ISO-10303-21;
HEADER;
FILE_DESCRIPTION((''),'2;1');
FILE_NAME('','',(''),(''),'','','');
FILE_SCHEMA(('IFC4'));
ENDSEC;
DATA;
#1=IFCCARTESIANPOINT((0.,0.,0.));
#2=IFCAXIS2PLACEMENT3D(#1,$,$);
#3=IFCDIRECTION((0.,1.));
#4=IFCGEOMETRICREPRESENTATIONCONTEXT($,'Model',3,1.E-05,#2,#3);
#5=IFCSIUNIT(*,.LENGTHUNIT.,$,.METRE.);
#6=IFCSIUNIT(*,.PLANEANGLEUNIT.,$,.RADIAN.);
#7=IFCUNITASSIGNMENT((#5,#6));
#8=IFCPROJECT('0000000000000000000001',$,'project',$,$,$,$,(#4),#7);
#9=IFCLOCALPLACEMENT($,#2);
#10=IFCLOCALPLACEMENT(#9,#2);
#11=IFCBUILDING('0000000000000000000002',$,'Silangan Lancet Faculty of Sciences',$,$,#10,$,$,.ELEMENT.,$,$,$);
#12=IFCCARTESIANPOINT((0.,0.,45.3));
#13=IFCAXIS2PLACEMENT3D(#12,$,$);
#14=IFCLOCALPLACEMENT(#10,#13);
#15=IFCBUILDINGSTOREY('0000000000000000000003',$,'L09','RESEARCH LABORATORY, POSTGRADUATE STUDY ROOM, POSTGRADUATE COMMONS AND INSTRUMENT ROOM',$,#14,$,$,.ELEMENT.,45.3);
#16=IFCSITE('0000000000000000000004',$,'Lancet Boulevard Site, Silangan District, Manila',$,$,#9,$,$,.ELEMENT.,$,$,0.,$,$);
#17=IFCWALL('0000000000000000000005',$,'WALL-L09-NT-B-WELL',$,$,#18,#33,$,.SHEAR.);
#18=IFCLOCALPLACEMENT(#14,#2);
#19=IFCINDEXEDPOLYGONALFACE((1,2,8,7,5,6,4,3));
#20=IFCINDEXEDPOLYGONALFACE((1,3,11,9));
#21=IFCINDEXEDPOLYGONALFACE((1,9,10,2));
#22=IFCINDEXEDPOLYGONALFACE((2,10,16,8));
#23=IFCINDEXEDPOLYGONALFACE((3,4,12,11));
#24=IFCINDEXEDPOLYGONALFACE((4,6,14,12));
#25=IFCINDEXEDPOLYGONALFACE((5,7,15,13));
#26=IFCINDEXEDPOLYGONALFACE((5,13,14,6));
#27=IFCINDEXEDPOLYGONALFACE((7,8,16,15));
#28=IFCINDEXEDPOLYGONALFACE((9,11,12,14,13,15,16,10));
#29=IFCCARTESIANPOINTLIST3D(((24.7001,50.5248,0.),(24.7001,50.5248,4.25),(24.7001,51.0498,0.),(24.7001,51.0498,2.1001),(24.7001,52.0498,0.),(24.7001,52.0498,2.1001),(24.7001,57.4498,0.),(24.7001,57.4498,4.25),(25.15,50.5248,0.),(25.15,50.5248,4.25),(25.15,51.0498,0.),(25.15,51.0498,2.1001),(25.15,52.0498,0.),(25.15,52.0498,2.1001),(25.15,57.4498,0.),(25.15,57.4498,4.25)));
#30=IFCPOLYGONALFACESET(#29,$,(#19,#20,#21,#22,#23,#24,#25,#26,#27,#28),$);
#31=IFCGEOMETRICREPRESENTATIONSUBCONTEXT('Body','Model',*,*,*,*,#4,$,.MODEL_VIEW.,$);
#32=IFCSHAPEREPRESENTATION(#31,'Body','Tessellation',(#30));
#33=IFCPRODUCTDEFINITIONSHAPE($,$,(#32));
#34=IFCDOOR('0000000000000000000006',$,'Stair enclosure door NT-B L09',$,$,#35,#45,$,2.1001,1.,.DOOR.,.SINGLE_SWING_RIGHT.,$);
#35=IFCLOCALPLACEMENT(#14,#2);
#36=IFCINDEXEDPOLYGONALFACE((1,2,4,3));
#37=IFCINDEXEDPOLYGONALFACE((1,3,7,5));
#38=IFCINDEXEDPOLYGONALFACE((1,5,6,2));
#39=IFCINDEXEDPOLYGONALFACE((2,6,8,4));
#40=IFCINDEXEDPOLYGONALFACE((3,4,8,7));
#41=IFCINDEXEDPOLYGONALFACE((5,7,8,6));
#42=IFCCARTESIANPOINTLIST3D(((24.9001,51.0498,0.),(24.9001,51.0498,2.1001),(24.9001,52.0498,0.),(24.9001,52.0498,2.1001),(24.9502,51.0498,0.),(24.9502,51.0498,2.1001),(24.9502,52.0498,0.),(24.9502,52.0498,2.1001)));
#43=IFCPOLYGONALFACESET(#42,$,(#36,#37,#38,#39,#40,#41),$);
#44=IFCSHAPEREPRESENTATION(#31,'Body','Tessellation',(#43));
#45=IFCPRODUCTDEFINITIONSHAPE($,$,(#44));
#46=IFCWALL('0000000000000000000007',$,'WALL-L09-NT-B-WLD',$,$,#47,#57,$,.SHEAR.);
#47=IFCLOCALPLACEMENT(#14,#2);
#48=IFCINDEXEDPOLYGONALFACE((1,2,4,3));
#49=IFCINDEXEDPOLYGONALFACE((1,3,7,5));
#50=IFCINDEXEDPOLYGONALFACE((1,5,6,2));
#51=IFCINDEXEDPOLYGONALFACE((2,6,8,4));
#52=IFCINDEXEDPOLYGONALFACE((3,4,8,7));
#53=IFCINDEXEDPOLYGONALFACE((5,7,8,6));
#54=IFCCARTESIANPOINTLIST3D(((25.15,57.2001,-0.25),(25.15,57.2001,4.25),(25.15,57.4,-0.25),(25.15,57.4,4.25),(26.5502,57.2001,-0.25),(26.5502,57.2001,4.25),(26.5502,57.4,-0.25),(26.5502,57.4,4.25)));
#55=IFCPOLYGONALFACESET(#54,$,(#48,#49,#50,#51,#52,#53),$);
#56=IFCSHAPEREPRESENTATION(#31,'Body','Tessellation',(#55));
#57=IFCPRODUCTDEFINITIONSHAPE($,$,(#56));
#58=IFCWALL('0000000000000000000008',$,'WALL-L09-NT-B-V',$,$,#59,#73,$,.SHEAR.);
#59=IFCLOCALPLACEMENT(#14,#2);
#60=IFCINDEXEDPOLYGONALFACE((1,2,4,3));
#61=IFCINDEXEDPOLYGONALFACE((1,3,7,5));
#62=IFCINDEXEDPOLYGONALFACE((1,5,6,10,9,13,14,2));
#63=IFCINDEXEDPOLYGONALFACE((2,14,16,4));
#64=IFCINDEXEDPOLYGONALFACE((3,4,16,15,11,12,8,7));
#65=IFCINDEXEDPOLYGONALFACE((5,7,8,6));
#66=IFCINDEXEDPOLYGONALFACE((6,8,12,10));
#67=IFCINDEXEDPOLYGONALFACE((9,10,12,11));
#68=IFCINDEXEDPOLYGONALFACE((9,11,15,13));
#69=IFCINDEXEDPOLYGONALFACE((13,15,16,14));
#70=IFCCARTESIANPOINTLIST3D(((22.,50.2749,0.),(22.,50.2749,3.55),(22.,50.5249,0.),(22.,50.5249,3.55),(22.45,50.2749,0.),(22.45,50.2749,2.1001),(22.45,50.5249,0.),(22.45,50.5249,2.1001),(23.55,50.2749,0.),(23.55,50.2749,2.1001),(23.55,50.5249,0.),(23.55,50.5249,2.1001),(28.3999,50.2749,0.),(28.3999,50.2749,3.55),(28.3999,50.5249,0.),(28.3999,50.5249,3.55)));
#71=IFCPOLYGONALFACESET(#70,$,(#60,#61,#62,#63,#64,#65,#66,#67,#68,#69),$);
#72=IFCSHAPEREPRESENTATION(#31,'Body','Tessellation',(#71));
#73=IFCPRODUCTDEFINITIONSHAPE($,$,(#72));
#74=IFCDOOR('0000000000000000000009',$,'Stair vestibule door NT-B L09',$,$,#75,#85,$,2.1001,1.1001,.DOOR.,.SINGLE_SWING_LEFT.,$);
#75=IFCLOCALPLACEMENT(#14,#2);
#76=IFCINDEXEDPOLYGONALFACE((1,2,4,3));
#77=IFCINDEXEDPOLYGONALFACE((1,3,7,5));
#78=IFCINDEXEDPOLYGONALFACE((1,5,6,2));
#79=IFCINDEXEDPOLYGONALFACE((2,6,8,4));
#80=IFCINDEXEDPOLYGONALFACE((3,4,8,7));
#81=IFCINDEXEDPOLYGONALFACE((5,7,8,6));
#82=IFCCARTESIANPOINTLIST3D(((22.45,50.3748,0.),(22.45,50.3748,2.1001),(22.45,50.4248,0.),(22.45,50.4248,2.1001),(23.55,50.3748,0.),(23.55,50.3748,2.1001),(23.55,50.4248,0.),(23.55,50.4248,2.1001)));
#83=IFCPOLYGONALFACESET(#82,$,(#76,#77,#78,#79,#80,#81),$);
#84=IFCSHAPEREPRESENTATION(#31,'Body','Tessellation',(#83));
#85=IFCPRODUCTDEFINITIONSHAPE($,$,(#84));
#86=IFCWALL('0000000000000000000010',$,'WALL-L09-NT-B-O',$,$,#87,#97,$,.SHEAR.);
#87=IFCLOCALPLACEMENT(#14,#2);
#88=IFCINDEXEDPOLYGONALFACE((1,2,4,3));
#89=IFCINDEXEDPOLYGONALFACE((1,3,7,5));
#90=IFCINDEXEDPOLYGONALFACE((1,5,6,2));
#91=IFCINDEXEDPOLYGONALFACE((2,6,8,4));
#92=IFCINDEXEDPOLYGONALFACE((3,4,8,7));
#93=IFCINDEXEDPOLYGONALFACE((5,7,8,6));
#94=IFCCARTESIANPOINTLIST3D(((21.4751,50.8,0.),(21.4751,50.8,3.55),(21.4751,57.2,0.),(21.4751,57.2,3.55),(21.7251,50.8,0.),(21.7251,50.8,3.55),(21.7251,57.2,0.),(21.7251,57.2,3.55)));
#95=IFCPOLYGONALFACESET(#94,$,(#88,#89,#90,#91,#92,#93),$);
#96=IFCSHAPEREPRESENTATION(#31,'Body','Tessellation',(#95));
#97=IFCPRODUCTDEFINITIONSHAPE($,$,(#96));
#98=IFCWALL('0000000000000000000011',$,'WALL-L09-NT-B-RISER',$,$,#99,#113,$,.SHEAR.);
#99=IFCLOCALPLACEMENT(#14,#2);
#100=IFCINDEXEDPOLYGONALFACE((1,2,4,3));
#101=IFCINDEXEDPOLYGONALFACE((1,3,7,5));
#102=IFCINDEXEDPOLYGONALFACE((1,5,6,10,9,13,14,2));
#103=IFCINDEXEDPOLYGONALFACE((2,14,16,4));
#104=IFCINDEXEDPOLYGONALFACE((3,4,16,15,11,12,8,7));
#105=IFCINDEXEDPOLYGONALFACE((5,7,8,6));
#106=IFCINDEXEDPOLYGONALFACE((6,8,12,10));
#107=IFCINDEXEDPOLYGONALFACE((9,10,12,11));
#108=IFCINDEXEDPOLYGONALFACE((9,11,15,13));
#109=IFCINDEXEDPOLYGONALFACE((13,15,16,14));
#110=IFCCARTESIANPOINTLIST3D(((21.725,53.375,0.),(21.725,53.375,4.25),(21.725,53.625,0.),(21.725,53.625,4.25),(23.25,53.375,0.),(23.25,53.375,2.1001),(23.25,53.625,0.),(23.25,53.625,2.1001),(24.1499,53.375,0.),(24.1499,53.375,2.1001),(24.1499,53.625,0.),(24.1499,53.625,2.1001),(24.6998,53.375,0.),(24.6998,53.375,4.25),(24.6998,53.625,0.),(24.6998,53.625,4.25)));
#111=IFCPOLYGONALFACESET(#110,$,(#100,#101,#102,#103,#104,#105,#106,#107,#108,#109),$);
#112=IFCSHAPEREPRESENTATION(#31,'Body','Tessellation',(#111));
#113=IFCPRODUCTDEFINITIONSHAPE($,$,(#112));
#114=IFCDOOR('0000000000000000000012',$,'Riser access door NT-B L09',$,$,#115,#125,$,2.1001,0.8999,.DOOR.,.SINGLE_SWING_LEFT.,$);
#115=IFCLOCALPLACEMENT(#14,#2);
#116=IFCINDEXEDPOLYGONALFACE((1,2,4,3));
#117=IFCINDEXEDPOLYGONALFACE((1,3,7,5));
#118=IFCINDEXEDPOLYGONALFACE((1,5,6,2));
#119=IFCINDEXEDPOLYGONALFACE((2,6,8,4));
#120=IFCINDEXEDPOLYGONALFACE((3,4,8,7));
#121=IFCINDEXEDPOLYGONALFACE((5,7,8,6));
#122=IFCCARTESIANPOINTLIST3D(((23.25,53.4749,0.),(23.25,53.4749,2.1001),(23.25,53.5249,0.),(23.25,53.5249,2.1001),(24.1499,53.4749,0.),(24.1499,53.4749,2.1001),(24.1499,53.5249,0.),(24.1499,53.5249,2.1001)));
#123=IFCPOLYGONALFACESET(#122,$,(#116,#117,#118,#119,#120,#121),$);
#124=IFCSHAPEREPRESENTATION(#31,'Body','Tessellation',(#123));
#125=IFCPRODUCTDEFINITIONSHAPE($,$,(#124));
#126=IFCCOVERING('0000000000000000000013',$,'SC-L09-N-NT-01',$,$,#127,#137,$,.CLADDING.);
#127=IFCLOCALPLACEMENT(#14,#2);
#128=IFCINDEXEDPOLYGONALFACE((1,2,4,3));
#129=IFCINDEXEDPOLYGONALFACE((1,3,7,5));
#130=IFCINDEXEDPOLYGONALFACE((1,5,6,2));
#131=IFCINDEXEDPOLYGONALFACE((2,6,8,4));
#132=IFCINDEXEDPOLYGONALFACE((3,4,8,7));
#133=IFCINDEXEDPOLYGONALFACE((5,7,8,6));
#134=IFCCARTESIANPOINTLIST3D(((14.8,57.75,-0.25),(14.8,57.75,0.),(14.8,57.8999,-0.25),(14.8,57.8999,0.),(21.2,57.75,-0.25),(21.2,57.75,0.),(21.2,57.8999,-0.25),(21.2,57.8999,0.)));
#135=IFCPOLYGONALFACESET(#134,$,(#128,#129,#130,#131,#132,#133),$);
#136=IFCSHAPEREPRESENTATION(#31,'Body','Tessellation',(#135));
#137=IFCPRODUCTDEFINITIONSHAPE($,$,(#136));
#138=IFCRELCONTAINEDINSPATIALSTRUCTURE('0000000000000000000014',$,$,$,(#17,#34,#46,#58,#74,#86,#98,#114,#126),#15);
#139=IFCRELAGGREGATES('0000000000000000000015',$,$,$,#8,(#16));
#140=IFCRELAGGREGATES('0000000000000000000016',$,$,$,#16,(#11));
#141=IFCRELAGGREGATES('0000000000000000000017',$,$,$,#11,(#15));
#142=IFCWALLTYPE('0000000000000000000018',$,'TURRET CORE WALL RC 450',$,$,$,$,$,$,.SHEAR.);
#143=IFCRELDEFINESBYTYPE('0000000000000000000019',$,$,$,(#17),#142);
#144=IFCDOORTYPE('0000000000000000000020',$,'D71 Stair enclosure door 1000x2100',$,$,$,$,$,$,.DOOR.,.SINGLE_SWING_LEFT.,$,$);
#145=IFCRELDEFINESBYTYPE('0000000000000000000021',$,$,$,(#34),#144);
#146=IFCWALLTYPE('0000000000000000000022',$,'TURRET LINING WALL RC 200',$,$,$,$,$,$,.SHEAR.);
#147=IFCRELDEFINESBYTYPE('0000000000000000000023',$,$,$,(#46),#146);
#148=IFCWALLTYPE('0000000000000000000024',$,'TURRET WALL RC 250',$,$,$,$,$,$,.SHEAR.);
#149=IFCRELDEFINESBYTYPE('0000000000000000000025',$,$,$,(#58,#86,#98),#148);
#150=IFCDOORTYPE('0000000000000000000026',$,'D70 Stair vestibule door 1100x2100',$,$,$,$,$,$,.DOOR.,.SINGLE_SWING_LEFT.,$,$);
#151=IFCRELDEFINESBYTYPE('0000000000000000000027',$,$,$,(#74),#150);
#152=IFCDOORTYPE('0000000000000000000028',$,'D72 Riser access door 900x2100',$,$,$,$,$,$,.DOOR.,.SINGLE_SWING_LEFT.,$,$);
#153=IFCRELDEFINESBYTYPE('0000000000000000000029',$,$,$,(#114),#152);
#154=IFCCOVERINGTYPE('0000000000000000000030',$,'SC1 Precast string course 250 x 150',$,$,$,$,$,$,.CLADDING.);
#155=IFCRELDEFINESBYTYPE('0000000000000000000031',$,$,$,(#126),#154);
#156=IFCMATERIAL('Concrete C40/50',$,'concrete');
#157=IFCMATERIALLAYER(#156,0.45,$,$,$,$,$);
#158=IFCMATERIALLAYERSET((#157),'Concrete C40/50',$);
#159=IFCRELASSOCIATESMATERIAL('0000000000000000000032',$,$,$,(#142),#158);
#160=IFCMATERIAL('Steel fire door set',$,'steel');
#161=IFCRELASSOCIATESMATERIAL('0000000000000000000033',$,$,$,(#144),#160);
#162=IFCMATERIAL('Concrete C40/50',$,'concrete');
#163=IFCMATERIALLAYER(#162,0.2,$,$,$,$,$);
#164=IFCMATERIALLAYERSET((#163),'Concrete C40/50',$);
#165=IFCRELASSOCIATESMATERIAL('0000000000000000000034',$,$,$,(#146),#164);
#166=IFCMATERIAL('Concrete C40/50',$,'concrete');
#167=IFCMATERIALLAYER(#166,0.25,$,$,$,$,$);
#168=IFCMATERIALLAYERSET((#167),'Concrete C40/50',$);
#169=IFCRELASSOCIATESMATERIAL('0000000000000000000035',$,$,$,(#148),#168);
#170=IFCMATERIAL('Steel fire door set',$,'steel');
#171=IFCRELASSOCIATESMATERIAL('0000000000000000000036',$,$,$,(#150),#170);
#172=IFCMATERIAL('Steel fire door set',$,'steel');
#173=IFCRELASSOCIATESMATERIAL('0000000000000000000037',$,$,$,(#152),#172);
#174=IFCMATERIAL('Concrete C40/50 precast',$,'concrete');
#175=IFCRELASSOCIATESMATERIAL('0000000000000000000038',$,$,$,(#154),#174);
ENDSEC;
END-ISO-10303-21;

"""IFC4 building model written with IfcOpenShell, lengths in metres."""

from ifc_helpers import new_model, si_unit, direction, frame, frame_2d, origin, origin_2d, place, context, subcontext, project, spatial, rectangle, extrude, material, layer, layer_set, type_object, element, fill, save


model = new_model("IFC4")

# Units and contexts
model_context = context("Model", 3, precision=1e-05, world=origin(), true_north=direction((0.0, 1.0)))
body_context = subcontext(model_context, "Body", "Model", "MODEL_VIEW")
ifc_project = project(units=[si_unit("LENGTHUNIT", "METRE"), si_unit("PLANEANGLEUNIT", "RADIAN")], contexts=[model_context])

# Site, building, storey
site_placement = place(None, origin())
site = spatial("IfcSite", under=ifc_project, at=site_placement, Name="Lancet Boulevard Site, Silangan District, Manila", CompositionType="ELEMENT", RefElevation=0.0)
building_placement = place(site_placement, origin())
building = spatial("IfcBuilding", under=site, at=building_placement, Name="Silangan Lancet Faculty of Sciences", CompositionType="ELEMENT")
storey_placement = place(building_placement, frame((0.0, 0.0, 45.3)))
storey = spatial("IfcBuildingStorey", under=building, at=storey_placement, Name="L09", Description="RESEARCH LABORATORY, POSTGRADUATE STUDY ROOM, POSTGRADUATE COMMONS AND INSTRUMENT ROOM", CompositionType="ELEMENT", Elevation=45.3)

# Wall, opening, door
ifc_material_1 = material(Name="Concrete C40/50", Category="concrete")
ifc_layer_1 = layer(ifc_material_1, 0.45)
ifc_layer_set_1 = layer_set([ifc_layer_1], Name="Concrete C40/50")
wall_type_1 = type_object("IfcWallType", Name="TURRET CORE WALL RC 450", PredefinedType="SHEAR", material=ifc_layer_set_1)
wall_1_placement = place(storey_placement, frame((24.925, 50.5249, 0.0), z_axis=(0.0, 0.0, 1.0), x_axis=(0.0, 1.0, 0.0)))
wall_1 = element("IfcWall", 1, at=wall_1_placement, inside=storey, type_object=wall_type_1, Name="WALL-L09-NT-B-WELL", PredefinedType="SHEAR", context=body_context, shape_type="SweptSolid", body=[
    extrude(rectangle(XDim=6.925, YDim=0.45, at=frame_2d((3.4624, 0.0))), origin(), (0.0, 0.0, 1.0), 4.25),
])
opening_1_placement = place(wall_1_placement, frame((0.5249, 0.0, 0.0)))
opening_1 = element("IfcOpeningElement", 2, at=opening_1_placement, cuts=wall_1, PredefinedType="OPENING", context=body_context, shape_type="SweptSolid", body=[
    extrude(rectangle(XDim=1.0, YDim=2.1001, at=frame_2d((0.5, 1.05))), frame((0.0, 0.2349, 0.0), z_axis=(0.0, -1.0, 0.0), x_axis=(1.0, 0.0, 0.0)), (0.0, 0.0, 1.0), 0.47),
])
ifc_material_2 = material(Name="Steel fire door set", Category="steel")
door_type_1 = type_object("IfcDoorType", Name="D71 Stair enclosure door 1000x2100", OperationType="SINGLE_SWING_LEFT", PredefinedType="DOOR", material=ifc_material_2)
door_1_placement = place(opening_1_placement, frame((1.0, 0.0, 0.0), z_axis=(0.0, 0.0, 1.0), x_axis=(-1.0, 0.0, 0.0)))
door_1 = element("IfcDoor", 3, at=door_1_placement, inside=storey, type_object=door_type_1, Name="Stair enclosure door NT-B L09", OperationType="SINGLE_SWING_RIGHT", OverallHeight=2.1001, OverallWidth=1.0, PredefinedType="DOOR", context=body_context, shape_type="SweptSolid", body=[
    extrude(rectangle(XDim=1.0, YDim=2.1001, at=frame_2d((0.5, 1.05))), frame((0.0, 0.0251, 0.0), z_axis=(0.0, -1.0, 0.0), x_axis=(1.0, 0.0, 0.0)), (0.0, 0.0, 1.0), 0.05),
])
fill(opening_1, door_1)

# Wall
ifc_material_3 = material(Name="Concrete C40/50", Category="concrete")
ifc_layer_2 = layer(ifc_material_3, 0.2)
ifc_layer_set_2 = layer_set([ifc_layer_2], Name="Concrete C40/50")
wall_type_2 = type_object("IfcWallType", Name="TURRET LINING WALL RC 200", PredefinedType="SHEAR", material=ifc_layer_set_2)
wall_2_placement = place(storey_placement, frame((25.1499, 57.3, -0.25), z_axis=(0.0, 0.0, 1.0), x_axis=(1.0, 0.0, 0.0)))
element("IfcWall", 4, at=wall_2_placement, inside=storey, type_object=wall_type_2, Name="WALL-L09-NT-B-WLD", PredefinedType="SHEAR", context=body_context, shape_type="SweptSolid", body=[
    extrude(rectangle(XDim=1.4001, YDim=0.2, at=frame_2d((0.7002, 0.0))), origin(), (0.0, 0.0, 1.0), 4.5),
])

# Wall, opening, door
ifc_material_4 = material(Name="Concrete C40/50", Category="concrete")
ifc_layer_3 = layer(ifc_material_4, 0.25)
ifc_layer_set_3 = layer_set([ifc_layer_3], Name="Concrete C40/50")
wall_type_3 = type_object("IfcWallType", Name="TURRET WALL RC 250", PredefinedType="SHEAR", material=ifc_layer_set_3)
wall_3_placement = place(storey_placement, frame((22.0, 50.3999, 0.0), z_axis=(0.0, 0.0, 1.0), x_axis=(1.0, 0.0, 0.0)))
wall_3 = element("IfcWall", 5, at=wall_3_placement, inside=storey, type_object=wall_type_3, Name="WALL-L09-NT-B-V", PredefinedType="SHEAR", context=body_context, shape_type="SweptSolid", body=[
    extrude(rectangle(XDim=6.3999, YDim=0.25, at=frame_2d((3.2, 0.0))), origin(), (0.0, 0.0, 1.0), 3.55),
])
opening_2_placement = place(wall_3_placement, frame((0.45, 0.0, 0.0)))
opening_2 = element("IfcOpeningElement", 6, at=opening_2_placement, cuts=wall_3, PredefinedType="OPENING", context=body_context, shape_type="SweptSolid", body=[
    extrude(rectangle(XDim=1.1001, YDim=2.1001, at=frame_2d((0.55, 1.05))), frame((0.0, 0.135, 0.0), z_axis=(0.0, -1.0, 0.0), x_axis=(1.0, 0.0, 0.0)), (0.0, 0.0, 1.0), 0.27),
])
ifc_material_5 = material(Name="Steel fire door set", Category="steel")
door_type_2 = type_object("IfcDoorType", Name="D70 Stair vestibule door 1100x2100", OperationType="SINGLE_SWING_LEFT", PredefinedType="DOOR", material=ifc_material_5)
door_2_placement = place(opening_2_placement, origin())
door_2 = element("IfcDoor", 7, at=door_2_placement, inside=storey, type_object=door_type_2, Name="Stair vestibule door NT-B L09", OperationType="SINGLE_SWING_LEFT", OverallHeight=2.1001, OverallWidth=1.1001, PredefinedType="DOOR", context=body_context, shape_type="SweptSolid", body=[
    extrude(rectangle(XDim=1.1001, YDim=2.1001, at=frame_2d((0.55, 1.05))), frame((0.0, 0.0249, 0.0), z_axis=(0.0, -1.0, 0.0), x_axis=(1.0, 0.0, 0.0)), (0.0, 0.0, 1.0), 0.05),
])
fill(opening_2, door_2)

# Wall
wall_4_placement = place(storey_placement, frame((21.6001, 50.8, 0.0), z_axis=(0.0, 0.0, 1.0), x_axis=(0.0, 1.0, 0.0)))
element("IfcWall", 8, at=wall_4_placement, inside=storey, type_object=wall_type_3, Name="WALL-L09-NT-B-O", PredefinedType="SHEAR", context=body_context, shape_type="SweptSolid", body=[
    extrude(rectangle(XDim=6.3999, YDim=0.25, at=frame_2d((3.2, 0.0))), origin(), (0.0, 0.0, 1.0), 3.55),
])

# Wall, opening, door
wall_5_placement = place(storey_placement, frame((21.7251, 53.5, 0.0), z_axis=(0.0, 0.0, 1.0), x_axis=(1.0, 0.0, 0.0)))
wall_5 = element("IfcWall", 9, at=wall_5_placement, inside=storey, type_object=wall_type_3, Name="WALL-L09-NT-B-RISER", PredefinedType="SHEAR", context=body_context, shape_type="SweptSolid", body=[
    extrude(rectangle(XDim=2.9749, YDim=0.25, at=frame_2d((1.4873, 0.0))), origin(), (0.0, 0.0, 1.0), 4.25),
])
opening_3_placement = place(wall_5_placement, frame((1.5249, 0.0, 0.0)))
opening_3 = element("IfcOpeningElement", 10, at=opening_3_placement, cuts=wall_5, PredefinedType="OPENING", context=body_context, shape_type="SweptSolid", body=[
    extrude(rectangle(XDim=0.8999, YDim=2.1001, at=frame_2d((0.45, 1.05))), frame((0.0, 0.135, 0.0), z_axis=(0.0, -1.0, 0.0), x_axis=(1.0, 0.0, 0.0)), (0.0, 0.0, 1.0), 0.27),
])
ifc_material_6 = material(Name="Steel fire door set", Category="steel")
door_type_3 = type_object("IfcDoorType", Name="D72 Riser access door 900x2100", OperationType="SINGLE_SWING_LEFT", PredefinedType="DOOR", material=ifc_material_6)
door_3_placement = place(opening_3_placement, origin())
door_3 = element("IfcDoor", 11, at=door_3_placement, inside=storey, type_object=door_type_3, Name="Riser access door NT-B L09", OperationType="SINGLE_SWING_LEFT", OverallHeight=2.1001, OverallWidth=0.8999, PredefinedType="DOOR", context=body_context, shape_type="SweptSolid", body=[
    extrude(rectangle(XDim=0.8999, YDim=2.1001, at=frame_2d((0.45, 1.05))), frame((0.0, 0.0249, 0.0), z_axis=(0.0, -1.0, 0.0), x_axis=(1.0, 0.0, 0.0)), (0.0, 0.0, 1.0), 0.05),
])
fill(opening_3, door_3)

# Covering
ifc_material_7 = material(Name="Concrete C40/50 precast", Category="concrete")
covering_type = type_object("IfcCoveringType", Name="SC1 Precast string course 250 x 150", PredefinedType="CLADDING", material=ifc_material_7)
covering_placement = place(storey_placement, frame((18.0, 57.825, -0.25), z_axis=(0.0, 0.0, 1.0), x_axis=(1.0, 0.0, 0.0)))
element("IfcCovering", 12, at=covering_placement, inside=storey, type_object=covering_type, Name="SC-L09-N-NT-01", PredefinedType="CLADDING", context=body_context, shape_type="SweptSolid", body=[
    extrude(rectangle(XDim=6.3999, YDim=0.1499, at=origin_2d()), origin(), (0.0, 0.0, 1.0), 0.25),
])

save(model, "model.ifc")
